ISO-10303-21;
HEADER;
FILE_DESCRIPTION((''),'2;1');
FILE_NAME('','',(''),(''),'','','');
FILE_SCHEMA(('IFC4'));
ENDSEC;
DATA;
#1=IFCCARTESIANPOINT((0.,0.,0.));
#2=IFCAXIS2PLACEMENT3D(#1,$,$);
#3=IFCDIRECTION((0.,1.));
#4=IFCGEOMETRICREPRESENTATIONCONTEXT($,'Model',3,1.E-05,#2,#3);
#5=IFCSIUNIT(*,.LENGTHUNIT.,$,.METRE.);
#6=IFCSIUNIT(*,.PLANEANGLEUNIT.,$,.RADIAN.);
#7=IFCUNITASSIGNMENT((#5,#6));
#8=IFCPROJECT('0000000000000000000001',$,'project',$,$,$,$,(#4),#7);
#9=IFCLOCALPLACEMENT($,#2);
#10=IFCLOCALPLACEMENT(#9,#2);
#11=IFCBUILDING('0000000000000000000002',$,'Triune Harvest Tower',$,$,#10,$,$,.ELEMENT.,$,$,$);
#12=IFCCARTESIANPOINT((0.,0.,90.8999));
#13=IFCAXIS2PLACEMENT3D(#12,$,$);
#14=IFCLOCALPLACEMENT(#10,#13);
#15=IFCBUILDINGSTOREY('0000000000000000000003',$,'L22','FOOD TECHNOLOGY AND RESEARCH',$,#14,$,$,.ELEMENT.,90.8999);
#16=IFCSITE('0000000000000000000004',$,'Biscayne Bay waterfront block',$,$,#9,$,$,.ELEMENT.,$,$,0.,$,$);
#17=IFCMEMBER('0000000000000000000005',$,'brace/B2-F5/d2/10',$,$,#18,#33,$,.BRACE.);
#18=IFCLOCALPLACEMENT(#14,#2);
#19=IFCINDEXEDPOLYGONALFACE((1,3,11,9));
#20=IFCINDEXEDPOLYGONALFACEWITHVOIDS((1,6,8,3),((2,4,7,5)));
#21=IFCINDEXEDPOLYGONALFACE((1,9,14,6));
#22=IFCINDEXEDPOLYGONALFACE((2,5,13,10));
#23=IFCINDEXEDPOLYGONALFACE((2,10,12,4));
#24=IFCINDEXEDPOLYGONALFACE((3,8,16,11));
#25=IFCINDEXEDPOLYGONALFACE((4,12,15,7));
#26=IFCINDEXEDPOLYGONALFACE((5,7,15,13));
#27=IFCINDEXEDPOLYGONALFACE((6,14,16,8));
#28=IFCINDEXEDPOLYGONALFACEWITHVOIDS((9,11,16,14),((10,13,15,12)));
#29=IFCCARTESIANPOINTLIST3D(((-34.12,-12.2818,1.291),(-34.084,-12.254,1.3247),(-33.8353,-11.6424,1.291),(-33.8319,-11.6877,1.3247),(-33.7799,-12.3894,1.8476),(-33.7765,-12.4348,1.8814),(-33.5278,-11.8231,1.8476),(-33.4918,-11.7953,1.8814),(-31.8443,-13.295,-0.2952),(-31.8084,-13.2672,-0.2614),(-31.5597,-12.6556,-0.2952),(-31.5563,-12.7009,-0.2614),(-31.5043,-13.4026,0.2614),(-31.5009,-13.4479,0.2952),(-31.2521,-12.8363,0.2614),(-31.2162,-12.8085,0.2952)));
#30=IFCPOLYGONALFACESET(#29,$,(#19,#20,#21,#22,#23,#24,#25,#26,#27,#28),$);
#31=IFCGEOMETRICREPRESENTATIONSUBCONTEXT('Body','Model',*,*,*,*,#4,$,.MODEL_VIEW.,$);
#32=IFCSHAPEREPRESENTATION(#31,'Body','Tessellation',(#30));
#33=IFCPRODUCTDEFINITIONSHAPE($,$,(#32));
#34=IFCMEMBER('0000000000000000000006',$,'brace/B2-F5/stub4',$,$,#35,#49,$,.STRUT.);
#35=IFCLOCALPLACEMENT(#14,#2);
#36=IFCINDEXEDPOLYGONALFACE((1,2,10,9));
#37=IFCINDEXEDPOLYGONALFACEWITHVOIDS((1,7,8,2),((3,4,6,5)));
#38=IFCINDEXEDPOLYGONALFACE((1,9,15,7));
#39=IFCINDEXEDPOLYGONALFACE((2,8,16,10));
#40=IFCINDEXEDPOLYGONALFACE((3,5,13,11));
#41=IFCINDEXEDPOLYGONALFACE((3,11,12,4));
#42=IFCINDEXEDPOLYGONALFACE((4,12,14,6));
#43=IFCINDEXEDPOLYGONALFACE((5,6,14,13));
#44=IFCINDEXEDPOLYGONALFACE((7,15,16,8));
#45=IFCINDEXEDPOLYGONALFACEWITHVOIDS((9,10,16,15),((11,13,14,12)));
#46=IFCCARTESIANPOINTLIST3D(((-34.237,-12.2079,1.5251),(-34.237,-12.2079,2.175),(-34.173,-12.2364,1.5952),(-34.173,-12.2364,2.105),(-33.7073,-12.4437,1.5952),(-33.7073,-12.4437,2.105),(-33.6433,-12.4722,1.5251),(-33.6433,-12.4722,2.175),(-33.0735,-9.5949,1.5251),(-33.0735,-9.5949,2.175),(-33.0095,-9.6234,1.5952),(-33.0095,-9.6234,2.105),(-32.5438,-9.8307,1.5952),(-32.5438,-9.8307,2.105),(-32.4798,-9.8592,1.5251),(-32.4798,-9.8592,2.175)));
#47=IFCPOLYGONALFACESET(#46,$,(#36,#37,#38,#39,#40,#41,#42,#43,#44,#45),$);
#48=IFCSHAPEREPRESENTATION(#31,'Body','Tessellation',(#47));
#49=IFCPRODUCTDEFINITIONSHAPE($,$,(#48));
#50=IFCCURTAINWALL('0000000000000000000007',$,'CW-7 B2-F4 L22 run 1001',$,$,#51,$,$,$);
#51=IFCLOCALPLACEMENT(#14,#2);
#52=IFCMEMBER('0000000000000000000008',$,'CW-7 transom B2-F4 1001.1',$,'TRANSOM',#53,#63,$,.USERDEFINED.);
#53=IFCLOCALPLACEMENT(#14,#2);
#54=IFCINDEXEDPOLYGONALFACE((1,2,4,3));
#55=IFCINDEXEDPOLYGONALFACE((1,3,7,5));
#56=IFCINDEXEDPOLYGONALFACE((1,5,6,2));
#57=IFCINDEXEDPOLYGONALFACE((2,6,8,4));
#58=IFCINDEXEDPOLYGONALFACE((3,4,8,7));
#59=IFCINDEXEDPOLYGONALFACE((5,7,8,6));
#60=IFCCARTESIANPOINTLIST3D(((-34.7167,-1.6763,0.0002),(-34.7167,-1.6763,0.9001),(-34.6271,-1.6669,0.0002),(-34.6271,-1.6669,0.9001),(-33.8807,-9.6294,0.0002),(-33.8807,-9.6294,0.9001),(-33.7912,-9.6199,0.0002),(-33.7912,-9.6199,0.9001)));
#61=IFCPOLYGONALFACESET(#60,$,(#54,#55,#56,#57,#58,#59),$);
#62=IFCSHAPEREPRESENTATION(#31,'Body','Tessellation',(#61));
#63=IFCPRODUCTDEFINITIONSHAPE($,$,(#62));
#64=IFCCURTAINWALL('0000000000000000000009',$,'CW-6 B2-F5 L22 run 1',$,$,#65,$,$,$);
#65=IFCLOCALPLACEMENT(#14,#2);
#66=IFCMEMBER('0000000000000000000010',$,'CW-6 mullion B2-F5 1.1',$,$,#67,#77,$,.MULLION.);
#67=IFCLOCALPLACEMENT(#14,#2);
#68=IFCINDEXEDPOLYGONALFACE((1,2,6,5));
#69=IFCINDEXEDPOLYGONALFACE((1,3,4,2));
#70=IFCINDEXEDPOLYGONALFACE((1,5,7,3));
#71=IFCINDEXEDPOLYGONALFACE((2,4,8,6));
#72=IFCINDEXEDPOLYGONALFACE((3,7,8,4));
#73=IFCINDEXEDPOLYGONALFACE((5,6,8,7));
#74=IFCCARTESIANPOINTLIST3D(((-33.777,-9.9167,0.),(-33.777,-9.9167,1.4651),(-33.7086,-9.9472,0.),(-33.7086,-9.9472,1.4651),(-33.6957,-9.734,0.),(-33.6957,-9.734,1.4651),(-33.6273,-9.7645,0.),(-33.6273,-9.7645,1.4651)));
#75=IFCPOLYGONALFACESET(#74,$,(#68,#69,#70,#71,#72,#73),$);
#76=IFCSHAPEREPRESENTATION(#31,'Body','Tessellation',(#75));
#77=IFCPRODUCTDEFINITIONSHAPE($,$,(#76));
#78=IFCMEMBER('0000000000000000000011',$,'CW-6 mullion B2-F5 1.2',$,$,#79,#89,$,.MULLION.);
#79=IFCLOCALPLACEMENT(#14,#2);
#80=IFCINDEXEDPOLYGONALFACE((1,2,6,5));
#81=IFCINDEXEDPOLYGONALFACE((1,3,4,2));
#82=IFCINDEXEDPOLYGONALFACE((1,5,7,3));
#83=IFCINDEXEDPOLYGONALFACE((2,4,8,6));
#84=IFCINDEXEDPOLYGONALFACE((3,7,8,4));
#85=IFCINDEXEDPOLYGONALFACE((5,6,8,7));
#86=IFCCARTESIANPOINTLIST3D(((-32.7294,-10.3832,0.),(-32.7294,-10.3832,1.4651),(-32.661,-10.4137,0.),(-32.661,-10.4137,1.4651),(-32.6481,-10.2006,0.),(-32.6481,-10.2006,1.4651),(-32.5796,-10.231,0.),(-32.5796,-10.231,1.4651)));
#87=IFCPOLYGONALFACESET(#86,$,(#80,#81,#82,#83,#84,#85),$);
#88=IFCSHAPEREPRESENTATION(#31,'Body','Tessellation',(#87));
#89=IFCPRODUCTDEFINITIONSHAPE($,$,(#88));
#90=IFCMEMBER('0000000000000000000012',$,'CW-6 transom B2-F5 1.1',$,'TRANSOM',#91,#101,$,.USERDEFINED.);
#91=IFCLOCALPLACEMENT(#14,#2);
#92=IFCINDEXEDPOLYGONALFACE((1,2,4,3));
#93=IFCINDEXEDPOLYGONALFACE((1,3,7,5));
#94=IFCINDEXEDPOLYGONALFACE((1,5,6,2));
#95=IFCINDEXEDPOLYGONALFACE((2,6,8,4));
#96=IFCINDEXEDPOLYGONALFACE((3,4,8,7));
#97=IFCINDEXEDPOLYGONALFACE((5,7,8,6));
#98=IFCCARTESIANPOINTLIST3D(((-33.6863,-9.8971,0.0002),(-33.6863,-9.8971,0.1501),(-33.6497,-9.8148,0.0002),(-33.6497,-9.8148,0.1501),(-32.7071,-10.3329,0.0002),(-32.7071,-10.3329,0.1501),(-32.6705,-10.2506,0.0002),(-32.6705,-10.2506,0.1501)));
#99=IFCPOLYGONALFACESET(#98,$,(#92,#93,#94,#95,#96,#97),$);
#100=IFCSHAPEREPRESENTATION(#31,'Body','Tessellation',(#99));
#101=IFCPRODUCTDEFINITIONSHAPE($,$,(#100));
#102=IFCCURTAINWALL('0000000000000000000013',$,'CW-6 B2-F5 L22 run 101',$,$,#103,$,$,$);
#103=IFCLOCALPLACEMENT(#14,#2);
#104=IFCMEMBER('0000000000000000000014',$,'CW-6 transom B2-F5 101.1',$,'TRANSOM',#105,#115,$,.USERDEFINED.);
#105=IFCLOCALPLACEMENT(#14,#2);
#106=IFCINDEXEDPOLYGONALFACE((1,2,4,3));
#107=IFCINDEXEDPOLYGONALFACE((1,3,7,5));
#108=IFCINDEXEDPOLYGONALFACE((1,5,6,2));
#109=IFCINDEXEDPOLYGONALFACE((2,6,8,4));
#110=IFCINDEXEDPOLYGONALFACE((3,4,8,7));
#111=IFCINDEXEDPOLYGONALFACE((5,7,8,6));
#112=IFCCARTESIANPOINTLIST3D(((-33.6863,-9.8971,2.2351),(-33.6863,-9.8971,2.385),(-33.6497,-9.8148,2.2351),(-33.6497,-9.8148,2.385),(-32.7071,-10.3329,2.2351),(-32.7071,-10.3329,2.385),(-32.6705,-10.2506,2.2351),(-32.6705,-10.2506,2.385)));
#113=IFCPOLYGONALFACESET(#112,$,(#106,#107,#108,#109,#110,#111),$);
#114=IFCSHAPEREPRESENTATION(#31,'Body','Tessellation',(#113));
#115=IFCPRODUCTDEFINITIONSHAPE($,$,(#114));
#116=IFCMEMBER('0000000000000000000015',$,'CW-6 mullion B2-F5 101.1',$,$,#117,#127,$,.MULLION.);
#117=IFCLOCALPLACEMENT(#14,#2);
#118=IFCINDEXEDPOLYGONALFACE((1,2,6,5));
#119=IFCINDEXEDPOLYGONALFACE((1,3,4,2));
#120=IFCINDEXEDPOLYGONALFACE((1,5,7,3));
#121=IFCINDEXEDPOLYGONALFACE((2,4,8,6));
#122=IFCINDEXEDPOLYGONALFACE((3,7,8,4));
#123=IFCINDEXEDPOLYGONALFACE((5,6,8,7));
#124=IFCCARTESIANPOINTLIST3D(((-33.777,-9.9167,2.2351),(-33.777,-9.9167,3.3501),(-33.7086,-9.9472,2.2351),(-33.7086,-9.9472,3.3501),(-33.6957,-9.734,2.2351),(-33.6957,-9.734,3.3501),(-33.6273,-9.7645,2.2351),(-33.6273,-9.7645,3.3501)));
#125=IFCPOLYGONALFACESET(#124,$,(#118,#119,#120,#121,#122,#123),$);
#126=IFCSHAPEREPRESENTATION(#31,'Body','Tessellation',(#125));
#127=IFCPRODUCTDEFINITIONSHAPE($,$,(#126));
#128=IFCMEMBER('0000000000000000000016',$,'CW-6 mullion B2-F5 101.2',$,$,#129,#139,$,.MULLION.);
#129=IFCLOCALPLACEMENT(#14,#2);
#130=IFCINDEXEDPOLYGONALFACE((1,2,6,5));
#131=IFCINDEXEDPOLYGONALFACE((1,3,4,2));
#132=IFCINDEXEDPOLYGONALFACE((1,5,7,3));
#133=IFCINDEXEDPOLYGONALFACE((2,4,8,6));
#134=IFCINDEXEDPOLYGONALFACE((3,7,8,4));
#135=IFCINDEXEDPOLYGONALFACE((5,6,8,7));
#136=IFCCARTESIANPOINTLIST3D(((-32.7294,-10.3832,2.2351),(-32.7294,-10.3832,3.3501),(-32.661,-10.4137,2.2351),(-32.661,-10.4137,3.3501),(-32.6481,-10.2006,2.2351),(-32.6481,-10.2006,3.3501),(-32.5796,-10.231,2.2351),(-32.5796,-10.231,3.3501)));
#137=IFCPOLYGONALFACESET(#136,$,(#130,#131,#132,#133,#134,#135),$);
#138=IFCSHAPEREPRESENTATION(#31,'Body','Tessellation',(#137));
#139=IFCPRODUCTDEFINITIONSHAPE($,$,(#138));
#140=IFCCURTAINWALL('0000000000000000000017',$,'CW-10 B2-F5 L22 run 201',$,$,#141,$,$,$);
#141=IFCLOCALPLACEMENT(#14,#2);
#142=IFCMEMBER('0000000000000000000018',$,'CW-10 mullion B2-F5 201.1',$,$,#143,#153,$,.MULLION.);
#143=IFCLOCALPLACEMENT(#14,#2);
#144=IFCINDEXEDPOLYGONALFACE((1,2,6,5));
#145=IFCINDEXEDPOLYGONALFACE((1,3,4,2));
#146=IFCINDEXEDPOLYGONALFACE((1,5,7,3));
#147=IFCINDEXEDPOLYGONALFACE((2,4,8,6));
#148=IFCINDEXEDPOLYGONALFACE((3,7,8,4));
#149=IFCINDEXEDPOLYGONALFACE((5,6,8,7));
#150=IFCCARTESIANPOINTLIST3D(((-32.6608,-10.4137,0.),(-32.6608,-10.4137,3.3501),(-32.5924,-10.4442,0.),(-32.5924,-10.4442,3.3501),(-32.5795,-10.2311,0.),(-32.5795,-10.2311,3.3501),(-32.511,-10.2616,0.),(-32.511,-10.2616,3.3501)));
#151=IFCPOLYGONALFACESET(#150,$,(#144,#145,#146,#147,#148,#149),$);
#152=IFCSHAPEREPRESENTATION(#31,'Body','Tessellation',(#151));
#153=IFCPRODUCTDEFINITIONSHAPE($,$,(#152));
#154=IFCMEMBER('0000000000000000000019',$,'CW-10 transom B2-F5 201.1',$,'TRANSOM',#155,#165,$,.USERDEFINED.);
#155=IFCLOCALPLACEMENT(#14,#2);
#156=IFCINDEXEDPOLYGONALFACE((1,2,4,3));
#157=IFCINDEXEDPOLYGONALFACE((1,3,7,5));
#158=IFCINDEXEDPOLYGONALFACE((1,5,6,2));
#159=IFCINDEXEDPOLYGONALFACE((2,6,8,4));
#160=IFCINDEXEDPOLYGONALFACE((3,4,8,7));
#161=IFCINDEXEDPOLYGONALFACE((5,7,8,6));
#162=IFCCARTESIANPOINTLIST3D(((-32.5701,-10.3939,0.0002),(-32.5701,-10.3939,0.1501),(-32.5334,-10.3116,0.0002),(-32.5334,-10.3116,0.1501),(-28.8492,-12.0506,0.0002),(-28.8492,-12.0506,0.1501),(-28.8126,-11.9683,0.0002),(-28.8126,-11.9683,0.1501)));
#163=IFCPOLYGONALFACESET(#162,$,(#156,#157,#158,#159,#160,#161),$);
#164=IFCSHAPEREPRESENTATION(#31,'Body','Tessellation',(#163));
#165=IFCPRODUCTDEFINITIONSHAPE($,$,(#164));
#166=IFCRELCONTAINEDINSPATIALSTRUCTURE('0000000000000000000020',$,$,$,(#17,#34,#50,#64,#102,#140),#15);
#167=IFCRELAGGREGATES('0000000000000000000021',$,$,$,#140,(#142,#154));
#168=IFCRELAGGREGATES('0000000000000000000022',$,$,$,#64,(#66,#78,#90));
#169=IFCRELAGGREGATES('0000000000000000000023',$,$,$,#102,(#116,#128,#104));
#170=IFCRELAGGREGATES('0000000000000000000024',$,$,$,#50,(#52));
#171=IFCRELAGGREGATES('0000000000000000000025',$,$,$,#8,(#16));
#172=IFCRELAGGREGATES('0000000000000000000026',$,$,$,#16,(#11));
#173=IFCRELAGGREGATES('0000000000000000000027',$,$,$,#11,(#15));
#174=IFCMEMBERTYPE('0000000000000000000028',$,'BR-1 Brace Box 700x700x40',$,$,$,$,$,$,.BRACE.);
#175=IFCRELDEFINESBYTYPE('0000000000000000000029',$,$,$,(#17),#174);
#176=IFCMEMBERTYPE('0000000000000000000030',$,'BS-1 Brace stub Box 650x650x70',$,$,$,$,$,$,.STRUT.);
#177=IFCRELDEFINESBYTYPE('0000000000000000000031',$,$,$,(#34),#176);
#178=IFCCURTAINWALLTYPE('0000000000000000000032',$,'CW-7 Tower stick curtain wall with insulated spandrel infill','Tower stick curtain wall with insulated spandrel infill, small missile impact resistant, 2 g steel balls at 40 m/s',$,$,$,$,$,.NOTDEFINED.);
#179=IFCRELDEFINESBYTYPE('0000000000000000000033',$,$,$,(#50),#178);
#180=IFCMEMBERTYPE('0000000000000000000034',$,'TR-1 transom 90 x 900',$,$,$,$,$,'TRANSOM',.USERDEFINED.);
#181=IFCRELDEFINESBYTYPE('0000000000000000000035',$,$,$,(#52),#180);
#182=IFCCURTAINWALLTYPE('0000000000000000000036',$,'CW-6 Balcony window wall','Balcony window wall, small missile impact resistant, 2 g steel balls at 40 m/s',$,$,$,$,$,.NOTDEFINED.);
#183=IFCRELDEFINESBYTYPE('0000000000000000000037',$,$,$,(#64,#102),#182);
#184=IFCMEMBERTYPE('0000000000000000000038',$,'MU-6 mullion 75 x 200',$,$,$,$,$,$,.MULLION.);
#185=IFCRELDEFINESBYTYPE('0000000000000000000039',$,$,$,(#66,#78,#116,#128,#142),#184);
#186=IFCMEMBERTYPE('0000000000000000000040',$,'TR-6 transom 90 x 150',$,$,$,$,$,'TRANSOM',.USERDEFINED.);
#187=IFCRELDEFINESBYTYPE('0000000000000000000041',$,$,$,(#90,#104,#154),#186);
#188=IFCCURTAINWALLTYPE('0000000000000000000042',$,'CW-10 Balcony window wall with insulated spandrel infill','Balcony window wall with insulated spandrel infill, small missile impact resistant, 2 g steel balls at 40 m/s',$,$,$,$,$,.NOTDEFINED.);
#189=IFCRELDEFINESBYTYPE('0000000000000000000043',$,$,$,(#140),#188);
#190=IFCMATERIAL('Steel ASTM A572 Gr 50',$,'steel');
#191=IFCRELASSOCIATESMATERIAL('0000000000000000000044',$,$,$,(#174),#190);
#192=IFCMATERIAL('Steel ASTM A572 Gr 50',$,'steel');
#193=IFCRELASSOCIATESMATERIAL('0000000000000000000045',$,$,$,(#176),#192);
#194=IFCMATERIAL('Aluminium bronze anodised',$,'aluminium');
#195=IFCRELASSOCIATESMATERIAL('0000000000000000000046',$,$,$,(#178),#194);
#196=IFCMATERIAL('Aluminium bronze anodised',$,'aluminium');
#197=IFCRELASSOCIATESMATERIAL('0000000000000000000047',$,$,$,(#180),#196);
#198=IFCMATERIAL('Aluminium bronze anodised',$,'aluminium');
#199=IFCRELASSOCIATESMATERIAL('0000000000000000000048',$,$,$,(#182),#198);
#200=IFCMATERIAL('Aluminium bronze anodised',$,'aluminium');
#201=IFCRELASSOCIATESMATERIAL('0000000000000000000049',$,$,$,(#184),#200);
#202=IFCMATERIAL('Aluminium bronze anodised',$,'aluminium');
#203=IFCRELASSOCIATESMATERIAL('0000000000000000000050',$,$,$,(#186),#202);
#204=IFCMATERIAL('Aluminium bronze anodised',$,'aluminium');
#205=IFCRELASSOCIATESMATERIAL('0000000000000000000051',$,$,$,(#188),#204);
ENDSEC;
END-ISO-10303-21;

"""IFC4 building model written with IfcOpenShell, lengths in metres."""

from ifc_helpers import new_model, si_unit, direction, frame, origin, origin_2d, place, context, subcontext, project, spatial, rectangle, hollow_rectangle, extrude, source, transform, mapped, material, material_profile, profile_set, type_object, element, aggregate, save


model = new_model("IFC4")

# Units and contexts
model_context = context("Model", 3, precision=1e-05, world=origin(), true_north=direction((0.0, 1.0)))
body_context = subcontext(model_context, "Body", "Model", "MODEL_VIEW")
ifc_project = project(units=[si_unit("LENGTHUNIT", "METRE"), si_unit("PLANEANGLEUNIT", "RADIAN")], contexts=[model_context])

# Site, building, storey
site_placement = place(None, origin())
site = spatial("IfcSite", under=ifc_project, at=site_placement, Name="Biscayne Bay waterfront block", CompositionType="ELEMENT", RefElevation=0.0)
building_placement = place(site_placement, origin())
building = spatial("IfcBuilding", under=site, at=building_placement, Name="Triune Harvest Tower", CompositionType="ELEMENT")
storey_placement = place(building_placement, frame((0.0, 0.0, 90.8999)))
storey = spatial("IfcBuildingStorey", under=building, at=storey_placement, Name="L22", Description="FOOD TECHNOLOGY AND RESEARCH", CompositionType="ELEMENT", Elevation=90.8999)

# Members
ifc_material_1 = material(Name="Steel ASTM A572 Gr 50", Category="steel")
ifc_material_profile_1 = material_profile(ifc_material_1, hollow_rectangle(XDim=0.7, YDim=0.7, WallThickness=0.04, at=origin_2d()), Name="Box 700x700x40")
ifc_profile_set_1 = profile_set([ifc_material_profile_1], Name="Steel ASTM A572 Gr 50")
member_type_1 = type_object("IfcMemberType", Name="BR-1 Brace Box 700x700x40", PredefinedType="BRACE", material=ifc_profile_set_1)
shared_shape_1 = source(origin(), body_context, "Body", "SweptSolid", [
    extrude(hollow_rectangle(XDim=0.7, YDim=0.7, WallThickness=0.04, at=origin_2d()), origin(), (0.0, 0.0, 1.0), 2.9531),
])
member_1_placement = place(storey_placement, frame((-31.5303, -13.0518, 0.0), z_axis=(-0.770582, 0.343087, 0.537117), x_axis=(-0.406739, -0.913545, 0.0)))
element("IfcMember", 1, at=member_1_placement, inside=storey, type_object=member_type_1, Name="brace/B2-F5/d2/10", PredefinedType="BRACE", context=body_context, shape_type="MappedRepresentation", body=[
    mapped(shared_shape_1, transform((0.0, 0.0, 0.0), scale=1.0)),
])
ifc_material_2 = material(Name="Steel ASTM A572 Gr 50", Category="steel")
ifc_material_profile_2 = material_profile(ifc_material_2, hollow_rectangle(XDim=0.6499, YDim=0.6499, WallThickness=0.0701, at=origin_2d()), Name="Box 650x650x70")
ifc_profile_set_2 = profile_set([ifc_material_profile_2], Name="Steel ASTM A572 Gr 50")
member_type_2 = type_object("IfcMemberType", Name="BS-1 Brace stub Box 650x650x70", PredefinedType="STRUT", material=ifc_profile_set_2)
shared_shape_2 = source(origin(), body_context, "Body", "SweptSolid", [
    extrude(hollow_rectangle(XDim=0.6499, YDim=0.6499, WallThickness=0.0701, at=origin_2d()), origin(), (0.0, 0.0, 1.0), 2.8604),
])
member_2_placement = place(storey_placement, frame((-32.7766, -9.7271, 1.8501), z_axis=(-0.406788, -0.913523, 0.0), x_axis=(0.913523, -0.406788, 0.0)))
element("IfcMember", 2, at=member_2_placement, inside=storey, type_object=member_type_2, Name="brace/B2-F5/stub4", PredefinedType="STRUT", context=body_context, shape_type="MappedRepresentation", body=[
    mapped(shared_shape_2, transform((0.0, 0.0, 0.0), scale=1.0)),
])

# Curtain wall, member
ifc_material_3 = material(Name="Aluminium bronze anodised", Category="aluminium")
curtain_wall_type_1 = type_object("IfcCurtainWallType", Name="CW-7 Tower stick curtain wall with insulated spandrel infill", Description="Tower stick curtain wall with insulated spandrel infill, small missile impact resistant, 2 g steel balls at 40 m/s", PredefinedType="NOTDEFINED", material=ifc_material_3)
curtain_wall_1_placement = place(storey_placement, origin())
curtain_wall_1 = element("IfcCurtainWall", 3, at=curtain_wall_1_placement, inside=storey, type_object=curtain_wall_type_1, Name="CW-7 B2-F4 L22 run 1001")
ifc_material_4 = material(Name="Aluminium bronze anodised", Category="aluminium")
ifc_material_profile_3 = material_profile(ifc_material_4, rectangle(XDim=0.0901, YDim=0.8999, at=origin_2d()), Name="TR-1 transom 90 x 900")
ifc_profile_set_3 = profile_set([ifc_material_profile_3], Name="Aluminium bronze anodised")
member_type_3 = type_object("IfcMemberType", Name="TR-1 transom 90 x 900", ElementType="TRANSOM", PredefinedType="USERDEFINED", material=ifc_profile_set_3)
shared_shape_3 = source(origin(), body_context, "Body", "SweptSolid", [
    extrude(rectangle(XDim=0.0901, YDim=0.8999, at=origin_2d()), origin(), (0.0, 0.0, 1.0), 7.9968),
])
member_3_placement = place(storey_placement, frame((-34.6719, -1.6716, 0.4502), z_axis=(0.104532, -0.994522, 0.0), x_axis=(0.994522, 0.104532, 0.0)))
member_3 = element("IfcMember", 4, at=member_3_placement, type_object=member_type_3, Name="CW-7 transom B2-F4 1001.1", ObjectType="TRANSOM", PredefinedType="USERDEFINED", context=body_context, shape_type="MappedRepresentation", body=[
    mapped(shared_shape_3, transform((0.0, 0.0, 0.0), scale=1.0)),
])

# Curtain walls, members
ifc_material_5 = material(Name="Aluminium bronze anodised", Category="aluminium")
curtain_wall_type_2 = type_object("IfcCurtainWallType", Name="CW-6 Balcony window wall", Description="Balcony window wall, small missile impact resistant, 2 g steel balls at 40 m/s", PredefinedType="NOTDEFINED", material=ifc_material_5)
curtain_wall_2_placement = place(storey_placement, origin())
curtain_wall_2 = element("IfcCurtainWall", 5, at=curtain_wall_2_placement, inside=storey, type_object=curtain_wall_type_2, Name="CW-6 B2-F5 L22 run 1")
ifc_material_6 = material(Name="Aluminium bronze anodised", Category="aluminium")
ifc_material_profile_4 = material_profile(ifc_material_6, rectangle(XDim=0.2, YDim=0.075, at=origin_2d()), Name="MU-6 mullion 75 x 200")
ifc_profile_set_4 = profile_set([ifc_material_profile_4], Name="Aluminium bronze anodised")
member_type_4 = type_object("IfcMemberType", Name="MU-6 mullion 75 x 200", PredefinedType="MULLION", material=ifc_profile_set_4)
shared_shape_4 = source(origin(), body_context, "Body", "SweptSolid", [
    extrude(rectangle(XDim=0.2, YDim=0.075, at=origin_2d()), origin(), (0.0, 0.0, 1.0), 1.4651),
])
member_4_placement = place(storey_placement, frame((-33.7021, -9.8406, 0.0), z_axis=(0.0, 0.0, 1.0), x_axis=(0.406723, 0.913551, 0.0)))
member_4 = element("IfcMember", 6, at=member_4_placement, type_object=member_type_4, Name="CW-6 mullion B2-F5 1.1", PredefinedType="MULLION", context=body_context, shape_type="MappedRepresentation", body=[
    mapped(shared_shape_4, transform((0.0, 0.0, 0.0), scale=1.0)),
])
member_5_placement = place(storey_placement, frame((-32.6545, -10.3071, 0.0), z_axis=(0.0, 0.0, 1.0), x_axis=(0.406723, 0.913551, 0.0)))
member_5 = element("IfcMember", 7, at=member_5_placement, type_object=member_type_4, Name="CW-6 mullion B2-F5 1.2", PredefinedType="MULLION", context=body_context, shape_type="MappedRepresentation", body=[
    mapped(shared_shape_4, transform((0.0, 0.0, 0.0), scale=1.0)),
])
ifc_material_7 = material(Name="Aluminium bronze anodised", Category="aluminium")
ifc_material_profile_5 = material_profile(ifc_material_7, rectangle(XDim=0.0901, YDim=0.1499, at=origin_2d()), Name="TR-6 transom 90 x 150")
ifc_profile_set_5 = profile_set([ifc_material_profile_5], Name="Aluminium bronze anodised")
member_type_5 = type_object("IfcMemberType", Name="TR-6 transom 90 x 150", ElementType="TRANSOM", PredefinedType="USERDEFINED", material=ifc_profile_set_5)
shared_shape_5 = source(origin(), body_context, "Body", "SweptSolid", [
    extrude(rectangle(XDim=0.0901, YDim=0.1499, at=origin_2d()), origin(), (0.0, 0.0, 1.0), 1.0718),
])
member_6_placement = place(storey_placement, frame((-33.668, -9.856, 0.0752), z_axis=(0.913614, -0.406582, 0.0), x_axis=(0.406582, 0.913614, 0.0)))
member_6 = element("IfcMember", 8, at=member_6_placement, type_object=member_type_5, Name="CW-6 transom B2-F5 1.1", ObjectType="TRANSOM", PredefinedType="USERDEFINED", context=body_context, shape_type="MappedRepresentation", body=[
    mapped(shared_shape_5, transform((0.0, 0.0, 0.0), scale=1.0)),
])
curtain_wall_3_placement = place(storey_placement, origin())
curtain_wall_3 = element("IfcCurtainWall", 9, at=curtain_wall_3_placement, inside=storey, type_object=curtain_wall_type_2, Name="CW-6 B2-F5 L22 run 101")
member_7_placement = place(storey_placement, frame((-33.668, -9.856, 2.3101), z_axis=(0.913614, -0.406582, 0.0), x_axis=(0.406582, 0.913614, 0.0)))
member_7 = element("IfcMember", 10, at=member_7_placement, type_object=member_type_5, Name="CW-6 transom B2-F5 101.1", ObjectType="TRANSOM", PredefinedType="USERDEFINED", context=body_context, shape_type="MappedRepresentation", body=[
    mapped(shared_shape_5, transform((0.0, 0.0, 0.0), scale=1.0)),
])
shared_shape_6 = source(origin(), body_context, "Body", "SweptSolid", [
    extrude(rectangle(XDim=0.2, YDim=0.075, at=origin_2d()), origin(), (0.0, 0.0, 1.0), 1.115),
])
member_8_placement = place(storey_placement, frame((-33.7021, -9.8406, 2.2351), z_axis=(0.0, 0.0, 1.0), x_axis=(0.406723, 0.913551, 0.0)))
member_8 = element("IfcMember", 11, at=member_8_placement, type_object=member_type_4, Name="CW-6 mullion B2-F5 101.1", PredefinedType="MULLION", context=body_context, shape_type="MappedRepresentation", body=[
    mapped(shared_shape_6, transform((0.0, 0.0, 0.0), scale=1.0)),
])
member_9_placement = place(storey_placement, frame((-32.6545, -10.3071, 2.2351), z_axis=(0.0, 0.0, 1.0), x_axis=(0.406723, 0.913551, 0.0)))
member_9 = element("IfcMember", 12, at=member_9_placement, type_object=member_type_4, Name="CW-6 mullion B2-F5 101.2", PredefinedType="MULLION", context=body_context, shape_type="MappedRepresentation", body=[
    mapped(shared_shape_6, transform((0.0, 0.0, 0.0), scale=1.0)),
])
ifc_material_8 = material(Name="Aluminium bronze anodised", Category="aluminium")
curtain_wall_type_3 = type_object("IfcCurtainWallType", Name="CW-10 Balcony window wall with insulated spandrel infill", Description="Balcony window wall with insulated spandrel infill, small missile impact resistant, 2 g steel balls at 40 m/s", PredefinedType="NOTDEFINED", material=ifc_material_8)
curtain_wall_4_placement = place(storey_placement, origin())
curtain_wall_4 = element("IfcCurtainWall", 13, at=curtain_wall_4_placement, inside=storey, type_object=curtain_wall_type_3, Name="CW-10 B2-F5 L22 run 201")
shared_shape_7 = source(origin(), body_context, "Body", "SweptSolid", [
    extrude(rectangle(XDim=0.2, YDim=0.075, at=origin_2d()), origin(), (0.0, 0.0, 1.0), 3.3501),
])
member_10_placement = place(storey_placement, frame((-32.5859, -10.3376, 0.0), z_axis=(0.0, 0.0, 1.0), x_axis=(0.406749, 0.91354, 0.0)))
member_10 = element("IfcMember", 14, at=member_10_placement, type_object=member_type_4, Name="CW-10 mullion B2-F5 201.1", PredefinedType="MULLION", context=body_context, shape_type="MappedRepresentation", body=[
    mapped(shared_shape_7, transform((0.0, 0.0, 0.0), scale=1.0)),
])
shared_shape_8 = source(origin(), body_context, "Body", "SweptSolid", [
    extrude(rectangle(XDim=0.0901, YDim=0.1499, at=origin_2d()), origin(), (0.0, 0.0, 1.0), 4.073),
])
member_11_placement = place(storey_placement, frame((-32.5518, -10.3528, 0.0752), z_axis=(0.913539, -0.40675, 0.0), x_axis=(0.40675, 0.913539, 0.0)))
member_11 = element("IfcMember", 15, at=member_11_placement, type_object=member_type_5, Name="CW-10 transom B2-F5 201.1", ObjectType="TRANSOM", PredefinedType="USERDEFINED", context=body_context, shape_type="MappedRepresentation", body=[
    mapped(shared_shape_8, transform((0.0, 0.0, 0.0), scale=1.0)),
])
aggregate(curtain_wall_4, [member_10, member_11])

aggregate(curtain_wall_2, [member_4, member_5, member_6])
aggregate(curtain_wall_3, [member_8, member_9, member_7])
aggregate(curtain_wall_1, [member_3])

save(model, "model.ifc")
